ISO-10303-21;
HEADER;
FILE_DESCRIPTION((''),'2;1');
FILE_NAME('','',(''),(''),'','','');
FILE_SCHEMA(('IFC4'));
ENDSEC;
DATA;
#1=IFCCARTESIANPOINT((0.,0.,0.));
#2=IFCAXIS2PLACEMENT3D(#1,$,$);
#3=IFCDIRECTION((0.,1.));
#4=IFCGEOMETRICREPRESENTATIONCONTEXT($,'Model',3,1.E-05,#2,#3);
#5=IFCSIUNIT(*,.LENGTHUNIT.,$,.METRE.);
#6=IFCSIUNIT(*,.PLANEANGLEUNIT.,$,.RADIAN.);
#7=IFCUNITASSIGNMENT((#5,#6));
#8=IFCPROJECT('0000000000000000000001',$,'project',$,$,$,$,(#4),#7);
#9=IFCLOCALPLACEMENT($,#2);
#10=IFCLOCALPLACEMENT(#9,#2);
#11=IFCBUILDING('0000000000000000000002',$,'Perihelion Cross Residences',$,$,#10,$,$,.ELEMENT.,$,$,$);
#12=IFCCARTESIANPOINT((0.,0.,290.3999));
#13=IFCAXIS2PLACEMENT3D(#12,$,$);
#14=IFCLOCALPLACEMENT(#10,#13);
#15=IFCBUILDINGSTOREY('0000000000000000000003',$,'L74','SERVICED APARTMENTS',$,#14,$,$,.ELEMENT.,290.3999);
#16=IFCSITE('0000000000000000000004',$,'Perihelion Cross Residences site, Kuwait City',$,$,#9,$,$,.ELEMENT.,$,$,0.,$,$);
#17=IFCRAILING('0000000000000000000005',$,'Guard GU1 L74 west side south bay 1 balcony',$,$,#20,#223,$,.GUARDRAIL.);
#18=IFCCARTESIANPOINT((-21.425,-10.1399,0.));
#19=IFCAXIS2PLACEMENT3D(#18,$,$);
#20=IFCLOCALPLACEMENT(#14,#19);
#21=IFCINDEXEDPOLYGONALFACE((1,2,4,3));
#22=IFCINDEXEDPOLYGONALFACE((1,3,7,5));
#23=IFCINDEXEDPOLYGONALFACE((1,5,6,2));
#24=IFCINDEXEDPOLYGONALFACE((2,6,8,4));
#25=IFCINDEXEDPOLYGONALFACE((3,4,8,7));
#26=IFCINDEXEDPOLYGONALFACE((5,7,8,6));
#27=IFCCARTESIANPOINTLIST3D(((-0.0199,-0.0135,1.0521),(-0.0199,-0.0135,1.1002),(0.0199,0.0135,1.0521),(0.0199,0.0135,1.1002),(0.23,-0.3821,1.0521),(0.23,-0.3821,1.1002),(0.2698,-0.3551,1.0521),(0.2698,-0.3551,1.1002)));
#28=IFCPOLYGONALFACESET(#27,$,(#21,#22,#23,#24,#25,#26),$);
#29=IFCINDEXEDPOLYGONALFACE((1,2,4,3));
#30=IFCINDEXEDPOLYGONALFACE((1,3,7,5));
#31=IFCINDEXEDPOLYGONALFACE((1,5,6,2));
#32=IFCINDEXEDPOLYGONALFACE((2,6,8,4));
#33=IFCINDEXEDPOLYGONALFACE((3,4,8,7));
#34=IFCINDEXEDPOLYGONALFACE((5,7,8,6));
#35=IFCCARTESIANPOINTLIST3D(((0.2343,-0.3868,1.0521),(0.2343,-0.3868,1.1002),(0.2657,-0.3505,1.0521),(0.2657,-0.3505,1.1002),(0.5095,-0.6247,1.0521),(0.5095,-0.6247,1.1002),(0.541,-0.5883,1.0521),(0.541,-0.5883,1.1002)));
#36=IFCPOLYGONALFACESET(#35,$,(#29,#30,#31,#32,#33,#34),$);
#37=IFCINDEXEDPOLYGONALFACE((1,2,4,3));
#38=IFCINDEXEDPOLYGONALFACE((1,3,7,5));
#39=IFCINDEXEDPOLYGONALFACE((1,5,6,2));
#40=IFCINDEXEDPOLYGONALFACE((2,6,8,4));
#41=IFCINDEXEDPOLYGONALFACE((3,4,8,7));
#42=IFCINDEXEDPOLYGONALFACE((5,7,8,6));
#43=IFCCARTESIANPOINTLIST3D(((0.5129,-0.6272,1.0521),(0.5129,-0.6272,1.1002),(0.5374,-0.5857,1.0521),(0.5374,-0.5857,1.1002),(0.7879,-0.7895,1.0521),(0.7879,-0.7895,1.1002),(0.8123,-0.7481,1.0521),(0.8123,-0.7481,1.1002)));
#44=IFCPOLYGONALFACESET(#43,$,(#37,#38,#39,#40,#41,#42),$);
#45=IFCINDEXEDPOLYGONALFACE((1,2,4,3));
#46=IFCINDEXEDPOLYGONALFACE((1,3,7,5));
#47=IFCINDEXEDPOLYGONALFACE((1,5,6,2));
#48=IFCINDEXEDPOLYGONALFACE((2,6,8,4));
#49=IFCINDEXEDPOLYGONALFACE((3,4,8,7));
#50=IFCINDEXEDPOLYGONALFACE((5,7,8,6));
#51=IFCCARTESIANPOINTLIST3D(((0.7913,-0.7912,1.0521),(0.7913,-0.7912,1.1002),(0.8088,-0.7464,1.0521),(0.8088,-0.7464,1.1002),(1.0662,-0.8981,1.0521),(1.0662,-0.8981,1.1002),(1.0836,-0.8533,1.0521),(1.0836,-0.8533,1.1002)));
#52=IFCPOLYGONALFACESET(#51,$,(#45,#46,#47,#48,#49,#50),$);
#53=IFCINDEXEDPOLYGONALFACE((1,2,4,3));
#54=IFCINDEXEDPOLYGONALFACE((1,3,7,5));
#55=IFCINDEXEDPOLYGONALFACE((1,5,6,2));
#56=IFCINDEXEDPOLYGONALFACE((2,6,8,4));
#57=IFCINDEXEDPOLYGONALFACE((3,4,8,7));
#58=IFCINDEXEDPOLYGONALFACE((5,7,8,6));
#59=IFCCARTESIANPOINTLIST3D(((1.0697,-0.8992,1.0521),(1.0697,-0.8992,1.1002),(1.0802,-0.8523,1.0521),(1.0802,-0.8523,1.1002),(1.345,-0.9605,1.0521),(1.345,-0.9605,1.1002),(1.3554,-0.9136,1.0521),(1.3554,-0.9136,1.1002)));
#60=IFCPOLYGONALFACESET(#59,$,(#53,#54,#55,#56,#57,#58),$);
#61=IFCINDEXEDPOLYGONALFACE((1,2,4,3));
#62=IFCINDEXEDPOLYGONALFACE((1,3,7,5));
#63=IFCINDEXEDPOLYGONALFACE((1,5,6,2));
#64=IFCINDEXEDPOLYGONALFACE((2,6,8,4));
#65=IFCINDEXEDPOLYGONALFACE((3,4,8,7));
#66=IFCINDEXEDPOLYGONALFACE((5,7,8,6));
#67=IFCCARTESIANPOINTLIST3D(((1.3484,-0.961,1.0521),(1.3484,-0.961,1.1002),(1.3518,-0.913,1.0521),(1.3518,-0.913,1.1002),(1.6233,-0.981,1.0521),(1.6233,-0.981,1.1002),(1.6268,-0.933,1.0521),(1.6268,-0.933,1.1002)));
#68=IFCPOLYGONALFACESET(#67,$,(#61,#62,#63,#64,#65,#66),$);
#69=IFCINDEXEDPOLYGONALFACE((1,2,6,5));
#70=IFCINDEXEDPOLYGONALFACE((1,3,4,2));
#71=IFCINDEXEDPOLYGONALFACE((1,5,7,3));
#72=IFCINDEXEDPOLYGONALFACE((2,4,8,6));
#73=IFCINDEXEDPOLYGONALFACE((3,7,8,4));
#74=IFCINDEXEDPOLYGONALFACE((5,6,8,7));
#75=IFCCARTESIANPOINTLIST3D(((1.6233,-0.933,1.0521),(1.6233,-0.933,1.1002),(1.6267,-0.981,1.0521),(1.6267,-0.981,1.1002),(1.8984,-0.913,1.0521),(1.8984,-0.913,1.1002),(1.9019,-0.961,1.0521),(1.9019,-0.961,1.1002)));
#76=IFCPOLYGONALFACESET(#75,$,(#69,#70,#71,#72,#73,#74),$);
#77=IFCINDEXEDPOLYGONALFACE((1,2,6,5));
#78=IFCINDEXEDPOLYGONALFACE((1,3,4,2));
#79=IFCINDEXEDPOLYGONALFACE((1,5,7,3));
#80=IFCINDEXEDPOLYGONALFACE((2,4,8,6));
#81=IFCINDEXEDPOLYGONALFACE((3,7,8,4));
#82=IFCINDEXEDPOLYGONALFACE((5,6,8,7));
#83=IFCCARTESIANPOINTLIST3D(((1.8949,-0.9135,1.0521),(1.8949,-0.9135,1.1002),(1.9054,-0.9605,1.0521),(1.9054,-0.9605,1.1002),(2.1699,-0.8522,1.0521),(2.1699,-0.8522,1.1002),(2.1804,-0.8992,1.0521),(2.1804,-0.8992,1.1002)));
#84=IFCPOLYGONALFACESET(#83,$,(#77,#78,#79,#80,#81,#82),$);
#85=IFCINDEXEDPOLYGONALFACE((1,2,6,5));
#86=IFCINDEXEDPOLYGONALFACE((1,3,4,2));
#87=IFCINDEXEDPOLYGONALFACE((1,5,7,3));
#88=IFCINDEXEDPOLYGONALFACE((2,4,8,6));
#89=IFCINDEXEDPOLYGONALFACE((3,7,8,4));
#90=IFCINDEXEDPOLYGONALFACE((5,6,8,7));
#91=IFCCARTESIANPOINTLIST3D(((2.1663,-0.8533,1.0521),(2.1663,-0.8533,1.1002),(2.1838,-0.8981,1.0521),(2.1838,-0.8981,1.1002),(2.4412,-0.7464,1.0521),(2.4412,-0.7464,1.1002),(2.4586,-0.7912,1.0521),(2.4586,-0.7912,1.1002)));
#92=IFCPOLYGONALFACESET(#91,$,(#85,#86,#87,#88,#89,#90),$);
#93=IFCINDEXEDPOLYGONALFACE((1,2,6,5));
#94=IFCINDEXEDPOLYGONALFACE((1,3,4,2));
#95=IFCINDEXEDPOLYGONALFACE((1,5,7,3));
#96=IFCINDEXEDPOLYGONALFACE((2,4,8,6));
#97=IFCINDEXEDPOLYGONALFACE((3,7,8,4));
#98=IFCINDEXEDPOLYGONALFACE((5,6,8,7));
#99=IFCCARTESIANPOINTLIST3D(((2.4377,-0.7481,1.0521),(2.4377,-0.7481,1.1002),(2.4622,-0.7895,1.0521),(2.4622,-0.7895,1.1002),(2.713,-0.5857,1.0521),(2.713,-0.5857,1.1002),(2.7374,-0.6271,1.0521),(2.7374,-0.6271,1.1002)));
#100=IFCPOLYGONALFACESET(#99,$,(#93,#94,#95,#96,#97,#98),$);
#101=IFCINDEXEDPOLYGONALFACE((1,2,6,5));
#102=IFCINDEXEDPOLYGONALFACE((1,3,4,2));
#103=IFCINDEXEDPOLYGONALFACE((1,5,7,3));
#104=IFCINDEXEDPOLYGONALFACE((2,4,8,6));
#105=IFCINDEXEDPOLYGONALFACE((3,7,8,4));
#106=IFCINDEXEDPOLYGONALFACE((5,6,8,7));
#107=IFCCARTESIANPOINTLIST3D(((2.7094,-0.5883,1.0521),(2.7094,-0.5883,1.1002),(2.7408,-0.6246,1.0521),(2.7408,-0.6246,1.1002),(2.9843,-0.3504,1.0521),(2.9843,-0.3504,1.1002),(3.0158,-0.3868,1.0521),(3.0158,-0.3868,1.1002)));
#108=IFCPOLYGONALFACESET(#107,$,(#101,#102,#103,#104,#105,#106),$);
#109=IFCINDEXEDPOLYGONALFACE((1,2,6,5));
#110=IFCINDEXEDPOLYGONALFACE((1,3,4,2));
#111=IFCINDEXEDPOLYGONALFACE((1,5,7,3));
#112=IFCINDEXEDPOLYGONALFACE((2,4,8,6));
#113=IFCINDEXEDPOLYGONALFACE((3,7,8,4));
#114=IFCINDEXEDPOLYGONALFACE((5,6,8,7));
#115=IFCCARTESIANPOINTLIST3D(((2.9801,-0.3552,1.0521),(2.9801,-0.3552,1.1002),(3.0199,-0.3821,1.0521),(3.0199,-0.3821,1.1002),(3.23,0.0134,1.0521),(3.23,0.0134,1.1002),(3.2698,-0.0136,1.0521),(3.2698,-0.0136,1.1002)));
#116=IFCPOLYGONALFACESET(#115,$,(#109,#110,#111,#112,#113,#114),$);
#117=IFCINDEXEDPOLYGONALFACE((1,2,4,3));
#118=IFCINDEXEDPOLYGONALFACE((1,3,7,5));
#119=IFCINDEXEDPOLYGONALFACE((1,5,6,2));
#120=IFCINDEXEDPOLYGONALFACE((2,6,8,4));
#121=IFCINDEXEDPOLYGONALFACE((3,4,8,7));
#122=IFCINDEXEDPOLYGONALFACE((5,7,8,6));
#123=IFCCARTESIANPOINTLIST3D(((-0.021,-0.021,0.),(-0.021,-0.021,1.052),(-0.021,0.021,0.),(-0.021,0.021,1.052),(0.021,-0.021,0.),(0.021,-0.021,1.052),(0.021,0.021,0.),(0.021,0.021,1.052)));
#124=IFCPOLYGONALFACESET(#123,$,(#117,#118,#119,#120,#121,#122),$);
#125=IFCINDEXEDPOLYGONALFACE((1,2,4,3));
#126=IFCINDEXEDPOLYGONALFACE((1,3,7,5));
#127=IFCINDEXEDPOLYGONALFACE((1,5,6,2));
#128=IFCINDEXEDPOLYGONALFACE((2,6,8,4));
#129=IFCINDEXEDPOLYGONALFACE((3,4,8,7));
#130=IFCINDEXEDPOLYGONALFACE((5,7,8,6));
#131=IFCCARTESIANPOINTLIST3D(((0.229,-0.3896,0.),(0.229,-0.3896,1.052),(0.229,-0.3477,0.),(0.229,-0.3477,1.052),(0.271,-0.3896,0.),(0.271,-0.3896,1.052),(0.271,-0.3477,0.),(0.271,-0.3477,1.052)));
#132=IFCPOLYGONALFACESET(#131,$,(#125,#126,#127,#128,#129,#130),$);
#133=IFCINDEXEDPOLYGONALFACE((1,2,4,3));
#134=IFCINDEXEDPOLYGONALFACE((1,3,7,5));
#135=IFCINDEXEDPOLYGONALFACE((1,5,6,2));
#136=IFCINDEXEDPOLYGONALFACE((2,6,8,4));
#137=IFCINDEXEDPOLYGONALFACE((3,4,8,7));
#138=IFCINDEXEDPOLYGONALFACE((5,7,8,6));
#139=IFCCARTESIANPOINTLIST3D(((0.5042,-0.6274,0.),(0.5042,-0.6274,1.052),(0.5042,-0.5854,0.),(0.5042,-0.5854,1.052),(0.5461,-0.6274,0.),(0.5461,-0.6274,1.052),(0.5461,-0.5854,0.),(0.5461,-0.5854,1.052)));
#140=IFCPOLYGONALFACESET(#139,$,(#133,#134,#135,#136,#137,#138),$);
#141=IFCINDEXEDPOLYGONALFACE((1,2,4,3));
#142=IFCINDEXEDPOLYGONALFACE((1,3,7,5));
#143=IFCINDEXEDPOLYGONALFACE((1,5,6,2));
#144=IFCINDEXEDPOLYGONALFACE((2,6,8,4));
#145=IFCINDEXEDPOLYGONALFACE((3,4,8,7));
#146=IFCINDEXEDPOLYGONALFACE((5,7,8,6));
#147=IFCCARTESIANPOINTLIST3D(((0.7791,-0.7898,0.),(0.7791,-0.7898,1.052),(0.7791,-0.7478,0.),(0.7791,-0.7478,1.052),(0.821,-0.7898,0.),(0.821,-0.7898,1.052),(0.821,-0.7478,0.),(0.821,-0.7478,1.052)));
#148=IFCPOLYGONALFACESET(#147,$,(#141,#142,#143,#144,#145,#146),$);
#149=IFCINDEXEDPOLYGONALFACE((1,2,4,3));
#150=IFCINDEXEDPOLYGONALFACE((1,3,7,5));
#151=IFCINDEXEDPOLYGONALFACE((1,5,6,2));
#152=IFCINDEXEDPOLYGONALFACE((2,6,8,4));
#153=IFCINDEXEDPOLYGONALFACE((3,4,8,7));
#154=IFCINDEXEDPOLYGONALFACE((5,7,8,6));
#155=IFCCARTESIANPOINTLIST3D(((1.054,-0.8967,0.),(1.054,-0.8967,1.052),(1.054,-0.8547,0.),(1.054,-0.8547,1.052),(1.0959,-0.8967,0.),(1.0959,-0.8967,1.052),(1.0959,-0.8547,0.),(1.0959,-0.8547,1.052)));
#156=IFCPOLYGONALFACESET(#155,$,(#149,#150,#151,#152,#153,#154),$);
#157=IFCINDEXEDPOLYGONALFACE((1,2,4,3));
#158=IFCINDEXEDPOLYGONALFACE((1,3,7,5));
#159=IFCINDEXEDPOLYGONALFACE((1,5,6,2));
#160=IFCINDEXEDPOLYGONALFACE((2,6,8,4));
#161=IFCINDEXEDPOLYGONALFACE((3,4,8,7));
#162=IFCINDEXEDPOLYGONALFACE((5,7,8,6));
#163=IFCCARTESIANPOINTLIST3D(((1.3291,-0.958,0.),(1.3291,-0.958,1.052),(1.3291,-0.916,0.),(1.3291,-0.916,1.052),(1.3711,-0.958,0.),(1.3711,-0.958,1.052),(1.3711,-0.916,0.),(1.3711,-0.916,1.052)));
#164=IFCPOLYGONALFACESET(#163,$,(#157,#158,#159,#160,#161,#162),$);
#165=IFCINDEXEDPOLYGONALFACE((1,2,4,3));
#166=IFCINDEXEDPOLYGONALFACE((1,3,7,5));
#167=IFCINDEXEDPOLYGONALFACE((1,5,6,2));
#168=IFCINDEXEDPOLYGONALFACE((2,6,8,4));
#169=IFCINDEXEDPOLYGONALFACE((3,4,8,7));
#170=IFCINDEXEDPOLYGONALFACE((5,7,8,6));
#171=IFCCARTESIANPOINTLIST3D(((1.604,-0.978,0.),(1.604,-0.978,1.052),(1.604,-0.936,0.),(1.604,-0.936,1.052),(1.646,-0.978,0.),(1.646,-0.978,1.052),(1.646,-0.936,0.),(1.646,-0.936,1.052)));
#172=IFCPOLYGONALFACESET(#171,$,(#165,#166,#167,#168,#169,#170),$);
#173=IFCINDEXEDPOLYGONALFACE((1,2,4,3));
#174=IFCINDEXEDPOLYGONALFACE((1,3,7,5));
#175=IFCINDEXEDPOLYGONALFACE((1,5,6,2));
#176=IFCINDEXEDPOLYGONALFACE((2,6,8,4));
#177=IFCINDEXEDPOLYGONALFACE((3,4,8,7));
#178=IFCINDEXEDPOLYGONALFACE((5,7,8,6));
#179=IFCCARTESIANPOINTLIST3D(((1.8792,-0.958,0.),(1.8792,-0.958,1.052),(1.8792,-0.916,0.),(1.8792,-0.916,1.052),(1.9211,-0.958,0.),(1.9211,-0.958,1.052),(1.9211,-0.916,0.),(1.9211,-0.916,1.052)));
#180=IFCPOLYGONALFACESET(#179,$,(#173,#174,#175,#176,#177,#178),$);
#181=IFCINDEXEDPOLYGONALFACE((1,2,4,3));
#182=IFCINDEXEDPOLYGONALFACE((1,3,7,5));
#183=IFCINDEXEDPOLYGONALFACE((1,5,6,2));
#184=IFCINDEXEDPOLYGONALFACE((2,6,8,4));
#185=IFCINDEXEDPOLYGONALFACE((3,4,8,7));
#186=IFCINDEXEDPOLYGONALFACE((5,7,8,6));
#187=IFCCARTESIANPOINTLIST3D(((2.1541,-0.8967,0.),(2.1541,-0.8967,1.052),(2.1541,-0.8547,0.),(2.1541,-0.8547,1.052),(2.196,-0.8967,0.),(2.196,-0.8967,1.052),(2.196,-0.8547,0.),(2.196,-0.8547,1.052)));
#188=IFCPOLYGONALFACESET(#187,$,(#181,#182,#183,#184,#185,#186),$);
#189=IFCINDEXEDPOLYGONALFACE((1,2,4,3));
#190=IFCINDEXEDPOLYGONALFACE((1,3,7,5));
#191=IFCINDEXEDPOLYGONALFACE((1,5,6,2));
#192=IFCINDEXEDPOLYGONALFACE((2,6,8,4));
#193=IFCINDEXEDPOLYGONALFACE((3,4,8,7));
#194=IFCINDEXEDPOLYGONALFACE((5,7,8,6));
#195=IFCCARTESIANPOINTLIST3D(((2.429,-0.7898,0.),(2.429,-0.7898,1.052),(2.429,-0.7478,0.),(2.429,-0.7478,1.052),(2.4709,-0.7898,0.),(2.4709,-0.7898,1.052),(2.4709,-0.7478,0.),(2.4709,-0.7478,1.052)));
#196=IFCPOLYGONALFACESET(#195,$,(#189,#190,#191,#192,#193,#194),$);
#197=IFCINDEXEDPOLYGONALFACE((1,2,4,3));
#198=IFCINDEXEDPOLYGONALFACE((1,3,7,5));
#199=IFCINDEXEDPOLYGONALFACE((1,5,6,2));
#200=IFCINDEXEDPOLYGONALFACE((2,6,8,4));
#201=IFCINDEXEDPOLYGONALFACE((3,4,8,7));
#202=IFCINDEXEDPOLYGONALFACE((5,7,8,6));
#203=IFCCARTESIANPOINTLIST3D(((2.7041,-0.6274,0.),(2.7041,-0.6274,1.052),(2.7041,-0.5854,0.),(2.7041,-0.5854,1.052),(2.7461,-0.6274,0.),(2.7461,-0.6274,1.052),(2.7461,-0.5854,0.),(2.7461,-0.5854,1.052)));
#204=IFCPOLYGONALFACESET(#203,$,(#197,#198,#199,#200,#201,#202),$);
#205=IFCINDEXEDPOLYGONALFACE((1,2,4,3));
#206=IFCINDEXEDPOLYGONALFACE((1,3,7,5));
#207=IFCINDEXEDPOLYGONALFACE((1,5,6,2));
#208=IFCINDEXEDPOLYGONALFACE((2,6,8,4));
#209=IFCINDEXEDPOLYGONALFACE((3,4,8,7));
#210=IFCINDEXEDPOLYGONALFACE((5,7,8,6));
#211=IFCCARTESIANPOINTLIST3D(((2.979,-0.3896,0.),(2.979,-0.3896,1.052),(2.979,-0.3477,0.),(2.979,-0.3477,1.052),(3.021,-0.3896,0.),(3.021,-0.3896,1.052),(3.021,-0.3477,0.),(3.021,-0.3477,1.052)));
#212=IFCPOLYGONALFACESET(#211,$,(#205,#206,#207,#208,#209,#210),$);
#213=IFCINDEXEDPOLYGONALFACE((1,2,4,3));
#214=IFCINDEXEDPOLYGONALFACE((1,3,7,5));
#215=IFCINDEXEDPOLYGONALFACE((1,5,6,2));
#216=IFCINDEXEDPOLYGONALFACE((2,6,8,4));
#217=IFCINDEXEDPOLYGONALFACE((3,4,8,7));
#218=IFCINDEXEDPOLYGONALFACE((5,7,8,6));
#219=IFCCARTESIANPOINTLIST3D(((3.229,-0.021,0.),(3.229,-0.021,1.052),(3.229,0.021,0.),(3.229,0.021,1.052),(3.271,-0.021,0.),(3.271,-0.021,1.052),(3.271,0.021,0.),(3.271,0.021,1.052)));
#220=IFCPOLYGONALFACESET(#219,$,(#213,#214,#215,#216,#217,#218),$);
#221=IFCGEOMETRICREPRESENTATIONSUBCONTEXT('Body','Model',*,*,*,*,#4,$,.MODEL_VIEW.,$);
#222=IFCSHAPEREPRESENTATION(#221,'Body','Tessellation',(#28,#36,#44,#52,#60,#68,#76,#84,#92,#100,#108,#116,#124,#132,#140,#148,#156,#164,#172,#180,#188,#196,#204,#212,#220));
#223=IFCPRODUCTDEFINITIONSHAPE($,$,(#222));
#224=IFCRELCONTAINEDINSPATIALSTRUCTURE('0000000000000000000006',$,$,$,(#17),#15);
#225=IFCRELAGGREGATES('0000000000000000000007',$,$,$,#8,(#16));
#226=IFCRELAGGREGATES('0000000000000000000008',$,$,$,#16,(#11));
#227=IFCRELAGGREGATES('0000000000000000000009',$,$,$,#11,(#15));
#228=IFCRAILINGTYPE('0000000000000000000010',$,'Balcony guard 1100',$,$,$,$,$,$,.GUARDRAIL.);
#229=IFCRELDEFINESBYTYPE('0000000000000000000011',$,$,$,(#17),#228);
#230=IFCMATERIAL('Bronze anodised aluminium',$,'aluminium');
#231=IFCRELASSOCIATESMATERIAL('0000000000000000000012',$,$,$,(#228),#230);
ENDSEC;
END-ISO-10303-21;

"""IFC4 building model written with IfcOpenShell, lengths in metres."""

from ifc_helpers import new_model, si_unit, direction, frame, origin, origin_2d, place, context, subcontext, project, spatial, rectangle, extrude, material, type_object, element, save


model = new_model("IFC4")

# Units and contexts
model_context = context("Model", 3, precision=1e-05, world=origin(), true_north=direction((0.0, 1.0)))
body_context = subcontext(model_context, "Body", "Model", "MODEL_VIEW")
ifc_project = project(units=[si_unit("LENGTHUNIT", "METRE"), si_unit("PLANEANGLEUNIT", "RADIAN")], contexts=[model_context])

# Site, building, storey
site_placement = place(None, origin())
site = spatial("IfcSite", under=ifc_project, at=site_placement, Name="Perihelion Cross Residences site, Kuwait City", CompositionType="ELEMENT", RefElevation=0.0)
building_placement = place(site_placement, origin())
building = spatial("IfcBuilding", under=site, at=building_placement, Name="Perihelion Cross Residences", CompositionType="ELEMENT")
storey_placement = place(building_placement, frame((0.0, 0.0, 290.3999)))
storey = spatial("IfcBuildingStorey", under=building, at=storey_placement, Name="L74", Description="SERVICED APARTMENTS", CompositionType="ELEMENT", Elevation=290.3999)

# Railing
ifc_material_1 = material(Name="Bronze anodised aluminium", Category="aluminium")
railing_type_1 = type_object("IfcRailingType", Name="Balcony guard 1100", PredefinedType="GUARDRAIL", material=ifc_material_1)
railing_1_placement = place(storey_placement, frame((-21.425, -10.1399, 0.0)))
element("IfcRailing", 1, at=railing_1_placement, inside=storey, type_object=railing_type_1, Name="Guard GU1 L74 west side south bay 1 balcony", PredefinedType="GUARDRAIL", context=body_context, shape_type="SweptSolid", body=[
    extrude(rectangle(XDim=0.0481, YDim=0.0481, at=origin_2d()), frame((0.0, 0.0, 1.0762), z_axis=(0.56126, -0.827639, 0.0), x_axis=(0.827639, 0.56126, 0.0)), (0.0, 0.0, 1.0), 0.4453),
    extrude(rectangle(XDim=0.0481, YDim=0.0481, at=origin_2d()), frame((0.25, -0.3687, 1.0762), z_axis=(0.756597, -0.653882, 0.0), x_axis=(0.653882, 0.756597, 0.0)), (0.0, 0.0, 1.0), 0.3638),
    extrude(rectangle(XDim=0.0481, YDim=0.0481, at=origin_2d()), frame((0.5251, -0.6064, 1.0762), z_axis=(0.861048, -0.508523, 0.0), x_axis=(0.508523, 0.861048, 0.0)), (0.0, 0.0, 1.0), 0.3193),
    extrude(rectangle(XDim=0.0481, YDim=0.0481, at=origin_2d()), frame((0.8, -0.7688, 1.0762), z_axis=(0.931974, -0.362526, 0.0), x_axis=(0.362526, 0.931974, 0.0)), (0.0, 0.0, 1.0), 0.2949),
    extrude(rectangle(XDim=0.0481, YDim=0.0481, at=origin_2d()), frame((1.075, -0.8757, 1.0762), z_axis=(0.976085, -0.217389, 0.0), x_axis=(0.217389, 0.976085, 0.0)), (0.0, 0.0, 1.0), 0.282),
    extrude(rectangle(XDim=0.0481, YDim=0.0481, at=origin_2d()), frame((1.3501, -0.937, 1.0762), z_axis=(0.997359, -0.072632, 0.0), x_axis=(0.072632, 0.997359, 0.0)), (0.0, 0.0, 1.0), 0.2756),
    extrude(rectangle(XDim=0.0481, YDim=0.0481, at=origin_2d()), frame((1.625, -0.957, 1.0762), z_axis=(0.997363, 0.072568, 0.0), x_axis=(-0.072568, 0.997363, 0.0)), (0.0, 0.0, 1.0), 0.2759),
    extrude(rectangle(XDim=0.0481, YDim=0.0481, at=origin_2d()), frame((1.9001, -0.937, 1.0762), z_axis=(0.976044, 0.217573, 0.0), x_axis=(-0.217573, 0.976044, 0.0)), (0.0, 0.0, 1.0), 0.2817),
    extrude(rectangle(XDim=0.0481, YDim=0.0481, at=origin_2d()), frame((2.175, -0.8757, 1.0762), z_axis=(0.931974, 0.362526, 0.0), x_axis=(-0.362526, 0.931974, 0.0)), (0.0, 0.0, 1.0), 0.2949),
    extrude(rectangle(XDim=0.0481, YDim=0.0481, at=origin_2d()), frame((2.45, -0.7688, 1.0762), z_axis=(0.861246, 0.508189, 0.0), x_axis=(-0.508189, 0.861246, 0.0)), (0.0, 0.0, 1.0), 0.3196),
    extrude(rectangle(XDim=0.0481, YDim=0.0481, at=origin_2d()), frame((2.7251, -0.6064, 1.0762), z_axis=(0.756309, 0.654214, 0.0), x_axis=(-0.654214, 0.756309, 0.0)), (0.0, 0.0, 1.0), 0.3635),
    extrude(rectangle(XDim=0.0481, YDim=0.0481, at=origin_2d()), frame((3.0, -0.3687, 1.0762), z_axis=(0.56126, 0.827639, 0.0), x_axis=(-0.827639, 0.56126, 0.0)), (0.0, 0.0, 1.0), 0.4453),
    extrude(rectangle(XDim=0.042, YDim=0.042, at=origin_2d()), origin(), (0.0, 0.0, 1.0), 1.052),
    extrude(rectangle(XDim=0.042, YDim=0.042, at=origin_2d()), frame((0.25, -0.3687, 0.0)), (0.0, 0.0, 1.0), 1.052),
    extrude(rectangle(XDim=0.042, YDim=0.042, at=origin_2d()), frame((0.5251, -0.6064, 0.0)), (0.0, 0.0, 1.0), 1.052),
    extrude(rectangle(XDim=0.042, YDim=0.042, at=origin_2d()), frame((0.8, -0.7688, 0.0)), (0.0, 0.0, 1.0), 1.052),
    extrude(rectangle(XDim=0.042, YDim=0.042, at=origin_2d()), frame((1.075, -0.8757, 0.0)), (0.0, 0.0, 1.0), 1.052),
    extrude(rectangle(XDim=0.042, YDim=0.042, at=origin_2d()), frame((1.3501, -0.937, 0.0)), (0.0, 0.0, 1.0), 1.052),
    extrude(rectangle(XDim=0.042, YDim=0.042, at=origin_2d()), frame((1.625, -0.957, 0.0)), (0.0, 0.0, 1.0), 1.052),
    extrude(rectangle(XDim=0.042, YDim=0.042, at=origin_2d()), frame((1.9001, -0.937, 0.0)), (0.0, 0.0, 1.0), 1.052),
    extrude(rectangle(XDim=0.042, YDim=0.042, at=origin_2d()), frame((2.175, -0.8757, 0.0)), (0.0, 0.0, 1.0), 1.052),
    extrude(rectangle(XDim=0.042, YDim=0.042, at=origin_2d()), frame((2.45, -0.7688, 0.0)), (0.0, 0.0, 1.0), 1.052),
    extrude(rectangle(XDim=0.042, YDim=0.042, at=origin_2d()), frame((2.7251, -0.6064, 0.0)), (0.0, 0.0, 1.0), 1.052),
    extrude(rectangle(XDim=0.042, YDim=0.042, at=origin_2d()), frame((3.0, -0.3687, 0.0)), (0.0, 0.0, 1.0), 1.052),
    extrude(rectangle(XDim=0.042, YDim=0.042, at=origin_2d()), frame((3.25, 0.0, 0.0)), (0.0, 0.0, 1.0), 1.052),
])

save(model, "model.ifc")
